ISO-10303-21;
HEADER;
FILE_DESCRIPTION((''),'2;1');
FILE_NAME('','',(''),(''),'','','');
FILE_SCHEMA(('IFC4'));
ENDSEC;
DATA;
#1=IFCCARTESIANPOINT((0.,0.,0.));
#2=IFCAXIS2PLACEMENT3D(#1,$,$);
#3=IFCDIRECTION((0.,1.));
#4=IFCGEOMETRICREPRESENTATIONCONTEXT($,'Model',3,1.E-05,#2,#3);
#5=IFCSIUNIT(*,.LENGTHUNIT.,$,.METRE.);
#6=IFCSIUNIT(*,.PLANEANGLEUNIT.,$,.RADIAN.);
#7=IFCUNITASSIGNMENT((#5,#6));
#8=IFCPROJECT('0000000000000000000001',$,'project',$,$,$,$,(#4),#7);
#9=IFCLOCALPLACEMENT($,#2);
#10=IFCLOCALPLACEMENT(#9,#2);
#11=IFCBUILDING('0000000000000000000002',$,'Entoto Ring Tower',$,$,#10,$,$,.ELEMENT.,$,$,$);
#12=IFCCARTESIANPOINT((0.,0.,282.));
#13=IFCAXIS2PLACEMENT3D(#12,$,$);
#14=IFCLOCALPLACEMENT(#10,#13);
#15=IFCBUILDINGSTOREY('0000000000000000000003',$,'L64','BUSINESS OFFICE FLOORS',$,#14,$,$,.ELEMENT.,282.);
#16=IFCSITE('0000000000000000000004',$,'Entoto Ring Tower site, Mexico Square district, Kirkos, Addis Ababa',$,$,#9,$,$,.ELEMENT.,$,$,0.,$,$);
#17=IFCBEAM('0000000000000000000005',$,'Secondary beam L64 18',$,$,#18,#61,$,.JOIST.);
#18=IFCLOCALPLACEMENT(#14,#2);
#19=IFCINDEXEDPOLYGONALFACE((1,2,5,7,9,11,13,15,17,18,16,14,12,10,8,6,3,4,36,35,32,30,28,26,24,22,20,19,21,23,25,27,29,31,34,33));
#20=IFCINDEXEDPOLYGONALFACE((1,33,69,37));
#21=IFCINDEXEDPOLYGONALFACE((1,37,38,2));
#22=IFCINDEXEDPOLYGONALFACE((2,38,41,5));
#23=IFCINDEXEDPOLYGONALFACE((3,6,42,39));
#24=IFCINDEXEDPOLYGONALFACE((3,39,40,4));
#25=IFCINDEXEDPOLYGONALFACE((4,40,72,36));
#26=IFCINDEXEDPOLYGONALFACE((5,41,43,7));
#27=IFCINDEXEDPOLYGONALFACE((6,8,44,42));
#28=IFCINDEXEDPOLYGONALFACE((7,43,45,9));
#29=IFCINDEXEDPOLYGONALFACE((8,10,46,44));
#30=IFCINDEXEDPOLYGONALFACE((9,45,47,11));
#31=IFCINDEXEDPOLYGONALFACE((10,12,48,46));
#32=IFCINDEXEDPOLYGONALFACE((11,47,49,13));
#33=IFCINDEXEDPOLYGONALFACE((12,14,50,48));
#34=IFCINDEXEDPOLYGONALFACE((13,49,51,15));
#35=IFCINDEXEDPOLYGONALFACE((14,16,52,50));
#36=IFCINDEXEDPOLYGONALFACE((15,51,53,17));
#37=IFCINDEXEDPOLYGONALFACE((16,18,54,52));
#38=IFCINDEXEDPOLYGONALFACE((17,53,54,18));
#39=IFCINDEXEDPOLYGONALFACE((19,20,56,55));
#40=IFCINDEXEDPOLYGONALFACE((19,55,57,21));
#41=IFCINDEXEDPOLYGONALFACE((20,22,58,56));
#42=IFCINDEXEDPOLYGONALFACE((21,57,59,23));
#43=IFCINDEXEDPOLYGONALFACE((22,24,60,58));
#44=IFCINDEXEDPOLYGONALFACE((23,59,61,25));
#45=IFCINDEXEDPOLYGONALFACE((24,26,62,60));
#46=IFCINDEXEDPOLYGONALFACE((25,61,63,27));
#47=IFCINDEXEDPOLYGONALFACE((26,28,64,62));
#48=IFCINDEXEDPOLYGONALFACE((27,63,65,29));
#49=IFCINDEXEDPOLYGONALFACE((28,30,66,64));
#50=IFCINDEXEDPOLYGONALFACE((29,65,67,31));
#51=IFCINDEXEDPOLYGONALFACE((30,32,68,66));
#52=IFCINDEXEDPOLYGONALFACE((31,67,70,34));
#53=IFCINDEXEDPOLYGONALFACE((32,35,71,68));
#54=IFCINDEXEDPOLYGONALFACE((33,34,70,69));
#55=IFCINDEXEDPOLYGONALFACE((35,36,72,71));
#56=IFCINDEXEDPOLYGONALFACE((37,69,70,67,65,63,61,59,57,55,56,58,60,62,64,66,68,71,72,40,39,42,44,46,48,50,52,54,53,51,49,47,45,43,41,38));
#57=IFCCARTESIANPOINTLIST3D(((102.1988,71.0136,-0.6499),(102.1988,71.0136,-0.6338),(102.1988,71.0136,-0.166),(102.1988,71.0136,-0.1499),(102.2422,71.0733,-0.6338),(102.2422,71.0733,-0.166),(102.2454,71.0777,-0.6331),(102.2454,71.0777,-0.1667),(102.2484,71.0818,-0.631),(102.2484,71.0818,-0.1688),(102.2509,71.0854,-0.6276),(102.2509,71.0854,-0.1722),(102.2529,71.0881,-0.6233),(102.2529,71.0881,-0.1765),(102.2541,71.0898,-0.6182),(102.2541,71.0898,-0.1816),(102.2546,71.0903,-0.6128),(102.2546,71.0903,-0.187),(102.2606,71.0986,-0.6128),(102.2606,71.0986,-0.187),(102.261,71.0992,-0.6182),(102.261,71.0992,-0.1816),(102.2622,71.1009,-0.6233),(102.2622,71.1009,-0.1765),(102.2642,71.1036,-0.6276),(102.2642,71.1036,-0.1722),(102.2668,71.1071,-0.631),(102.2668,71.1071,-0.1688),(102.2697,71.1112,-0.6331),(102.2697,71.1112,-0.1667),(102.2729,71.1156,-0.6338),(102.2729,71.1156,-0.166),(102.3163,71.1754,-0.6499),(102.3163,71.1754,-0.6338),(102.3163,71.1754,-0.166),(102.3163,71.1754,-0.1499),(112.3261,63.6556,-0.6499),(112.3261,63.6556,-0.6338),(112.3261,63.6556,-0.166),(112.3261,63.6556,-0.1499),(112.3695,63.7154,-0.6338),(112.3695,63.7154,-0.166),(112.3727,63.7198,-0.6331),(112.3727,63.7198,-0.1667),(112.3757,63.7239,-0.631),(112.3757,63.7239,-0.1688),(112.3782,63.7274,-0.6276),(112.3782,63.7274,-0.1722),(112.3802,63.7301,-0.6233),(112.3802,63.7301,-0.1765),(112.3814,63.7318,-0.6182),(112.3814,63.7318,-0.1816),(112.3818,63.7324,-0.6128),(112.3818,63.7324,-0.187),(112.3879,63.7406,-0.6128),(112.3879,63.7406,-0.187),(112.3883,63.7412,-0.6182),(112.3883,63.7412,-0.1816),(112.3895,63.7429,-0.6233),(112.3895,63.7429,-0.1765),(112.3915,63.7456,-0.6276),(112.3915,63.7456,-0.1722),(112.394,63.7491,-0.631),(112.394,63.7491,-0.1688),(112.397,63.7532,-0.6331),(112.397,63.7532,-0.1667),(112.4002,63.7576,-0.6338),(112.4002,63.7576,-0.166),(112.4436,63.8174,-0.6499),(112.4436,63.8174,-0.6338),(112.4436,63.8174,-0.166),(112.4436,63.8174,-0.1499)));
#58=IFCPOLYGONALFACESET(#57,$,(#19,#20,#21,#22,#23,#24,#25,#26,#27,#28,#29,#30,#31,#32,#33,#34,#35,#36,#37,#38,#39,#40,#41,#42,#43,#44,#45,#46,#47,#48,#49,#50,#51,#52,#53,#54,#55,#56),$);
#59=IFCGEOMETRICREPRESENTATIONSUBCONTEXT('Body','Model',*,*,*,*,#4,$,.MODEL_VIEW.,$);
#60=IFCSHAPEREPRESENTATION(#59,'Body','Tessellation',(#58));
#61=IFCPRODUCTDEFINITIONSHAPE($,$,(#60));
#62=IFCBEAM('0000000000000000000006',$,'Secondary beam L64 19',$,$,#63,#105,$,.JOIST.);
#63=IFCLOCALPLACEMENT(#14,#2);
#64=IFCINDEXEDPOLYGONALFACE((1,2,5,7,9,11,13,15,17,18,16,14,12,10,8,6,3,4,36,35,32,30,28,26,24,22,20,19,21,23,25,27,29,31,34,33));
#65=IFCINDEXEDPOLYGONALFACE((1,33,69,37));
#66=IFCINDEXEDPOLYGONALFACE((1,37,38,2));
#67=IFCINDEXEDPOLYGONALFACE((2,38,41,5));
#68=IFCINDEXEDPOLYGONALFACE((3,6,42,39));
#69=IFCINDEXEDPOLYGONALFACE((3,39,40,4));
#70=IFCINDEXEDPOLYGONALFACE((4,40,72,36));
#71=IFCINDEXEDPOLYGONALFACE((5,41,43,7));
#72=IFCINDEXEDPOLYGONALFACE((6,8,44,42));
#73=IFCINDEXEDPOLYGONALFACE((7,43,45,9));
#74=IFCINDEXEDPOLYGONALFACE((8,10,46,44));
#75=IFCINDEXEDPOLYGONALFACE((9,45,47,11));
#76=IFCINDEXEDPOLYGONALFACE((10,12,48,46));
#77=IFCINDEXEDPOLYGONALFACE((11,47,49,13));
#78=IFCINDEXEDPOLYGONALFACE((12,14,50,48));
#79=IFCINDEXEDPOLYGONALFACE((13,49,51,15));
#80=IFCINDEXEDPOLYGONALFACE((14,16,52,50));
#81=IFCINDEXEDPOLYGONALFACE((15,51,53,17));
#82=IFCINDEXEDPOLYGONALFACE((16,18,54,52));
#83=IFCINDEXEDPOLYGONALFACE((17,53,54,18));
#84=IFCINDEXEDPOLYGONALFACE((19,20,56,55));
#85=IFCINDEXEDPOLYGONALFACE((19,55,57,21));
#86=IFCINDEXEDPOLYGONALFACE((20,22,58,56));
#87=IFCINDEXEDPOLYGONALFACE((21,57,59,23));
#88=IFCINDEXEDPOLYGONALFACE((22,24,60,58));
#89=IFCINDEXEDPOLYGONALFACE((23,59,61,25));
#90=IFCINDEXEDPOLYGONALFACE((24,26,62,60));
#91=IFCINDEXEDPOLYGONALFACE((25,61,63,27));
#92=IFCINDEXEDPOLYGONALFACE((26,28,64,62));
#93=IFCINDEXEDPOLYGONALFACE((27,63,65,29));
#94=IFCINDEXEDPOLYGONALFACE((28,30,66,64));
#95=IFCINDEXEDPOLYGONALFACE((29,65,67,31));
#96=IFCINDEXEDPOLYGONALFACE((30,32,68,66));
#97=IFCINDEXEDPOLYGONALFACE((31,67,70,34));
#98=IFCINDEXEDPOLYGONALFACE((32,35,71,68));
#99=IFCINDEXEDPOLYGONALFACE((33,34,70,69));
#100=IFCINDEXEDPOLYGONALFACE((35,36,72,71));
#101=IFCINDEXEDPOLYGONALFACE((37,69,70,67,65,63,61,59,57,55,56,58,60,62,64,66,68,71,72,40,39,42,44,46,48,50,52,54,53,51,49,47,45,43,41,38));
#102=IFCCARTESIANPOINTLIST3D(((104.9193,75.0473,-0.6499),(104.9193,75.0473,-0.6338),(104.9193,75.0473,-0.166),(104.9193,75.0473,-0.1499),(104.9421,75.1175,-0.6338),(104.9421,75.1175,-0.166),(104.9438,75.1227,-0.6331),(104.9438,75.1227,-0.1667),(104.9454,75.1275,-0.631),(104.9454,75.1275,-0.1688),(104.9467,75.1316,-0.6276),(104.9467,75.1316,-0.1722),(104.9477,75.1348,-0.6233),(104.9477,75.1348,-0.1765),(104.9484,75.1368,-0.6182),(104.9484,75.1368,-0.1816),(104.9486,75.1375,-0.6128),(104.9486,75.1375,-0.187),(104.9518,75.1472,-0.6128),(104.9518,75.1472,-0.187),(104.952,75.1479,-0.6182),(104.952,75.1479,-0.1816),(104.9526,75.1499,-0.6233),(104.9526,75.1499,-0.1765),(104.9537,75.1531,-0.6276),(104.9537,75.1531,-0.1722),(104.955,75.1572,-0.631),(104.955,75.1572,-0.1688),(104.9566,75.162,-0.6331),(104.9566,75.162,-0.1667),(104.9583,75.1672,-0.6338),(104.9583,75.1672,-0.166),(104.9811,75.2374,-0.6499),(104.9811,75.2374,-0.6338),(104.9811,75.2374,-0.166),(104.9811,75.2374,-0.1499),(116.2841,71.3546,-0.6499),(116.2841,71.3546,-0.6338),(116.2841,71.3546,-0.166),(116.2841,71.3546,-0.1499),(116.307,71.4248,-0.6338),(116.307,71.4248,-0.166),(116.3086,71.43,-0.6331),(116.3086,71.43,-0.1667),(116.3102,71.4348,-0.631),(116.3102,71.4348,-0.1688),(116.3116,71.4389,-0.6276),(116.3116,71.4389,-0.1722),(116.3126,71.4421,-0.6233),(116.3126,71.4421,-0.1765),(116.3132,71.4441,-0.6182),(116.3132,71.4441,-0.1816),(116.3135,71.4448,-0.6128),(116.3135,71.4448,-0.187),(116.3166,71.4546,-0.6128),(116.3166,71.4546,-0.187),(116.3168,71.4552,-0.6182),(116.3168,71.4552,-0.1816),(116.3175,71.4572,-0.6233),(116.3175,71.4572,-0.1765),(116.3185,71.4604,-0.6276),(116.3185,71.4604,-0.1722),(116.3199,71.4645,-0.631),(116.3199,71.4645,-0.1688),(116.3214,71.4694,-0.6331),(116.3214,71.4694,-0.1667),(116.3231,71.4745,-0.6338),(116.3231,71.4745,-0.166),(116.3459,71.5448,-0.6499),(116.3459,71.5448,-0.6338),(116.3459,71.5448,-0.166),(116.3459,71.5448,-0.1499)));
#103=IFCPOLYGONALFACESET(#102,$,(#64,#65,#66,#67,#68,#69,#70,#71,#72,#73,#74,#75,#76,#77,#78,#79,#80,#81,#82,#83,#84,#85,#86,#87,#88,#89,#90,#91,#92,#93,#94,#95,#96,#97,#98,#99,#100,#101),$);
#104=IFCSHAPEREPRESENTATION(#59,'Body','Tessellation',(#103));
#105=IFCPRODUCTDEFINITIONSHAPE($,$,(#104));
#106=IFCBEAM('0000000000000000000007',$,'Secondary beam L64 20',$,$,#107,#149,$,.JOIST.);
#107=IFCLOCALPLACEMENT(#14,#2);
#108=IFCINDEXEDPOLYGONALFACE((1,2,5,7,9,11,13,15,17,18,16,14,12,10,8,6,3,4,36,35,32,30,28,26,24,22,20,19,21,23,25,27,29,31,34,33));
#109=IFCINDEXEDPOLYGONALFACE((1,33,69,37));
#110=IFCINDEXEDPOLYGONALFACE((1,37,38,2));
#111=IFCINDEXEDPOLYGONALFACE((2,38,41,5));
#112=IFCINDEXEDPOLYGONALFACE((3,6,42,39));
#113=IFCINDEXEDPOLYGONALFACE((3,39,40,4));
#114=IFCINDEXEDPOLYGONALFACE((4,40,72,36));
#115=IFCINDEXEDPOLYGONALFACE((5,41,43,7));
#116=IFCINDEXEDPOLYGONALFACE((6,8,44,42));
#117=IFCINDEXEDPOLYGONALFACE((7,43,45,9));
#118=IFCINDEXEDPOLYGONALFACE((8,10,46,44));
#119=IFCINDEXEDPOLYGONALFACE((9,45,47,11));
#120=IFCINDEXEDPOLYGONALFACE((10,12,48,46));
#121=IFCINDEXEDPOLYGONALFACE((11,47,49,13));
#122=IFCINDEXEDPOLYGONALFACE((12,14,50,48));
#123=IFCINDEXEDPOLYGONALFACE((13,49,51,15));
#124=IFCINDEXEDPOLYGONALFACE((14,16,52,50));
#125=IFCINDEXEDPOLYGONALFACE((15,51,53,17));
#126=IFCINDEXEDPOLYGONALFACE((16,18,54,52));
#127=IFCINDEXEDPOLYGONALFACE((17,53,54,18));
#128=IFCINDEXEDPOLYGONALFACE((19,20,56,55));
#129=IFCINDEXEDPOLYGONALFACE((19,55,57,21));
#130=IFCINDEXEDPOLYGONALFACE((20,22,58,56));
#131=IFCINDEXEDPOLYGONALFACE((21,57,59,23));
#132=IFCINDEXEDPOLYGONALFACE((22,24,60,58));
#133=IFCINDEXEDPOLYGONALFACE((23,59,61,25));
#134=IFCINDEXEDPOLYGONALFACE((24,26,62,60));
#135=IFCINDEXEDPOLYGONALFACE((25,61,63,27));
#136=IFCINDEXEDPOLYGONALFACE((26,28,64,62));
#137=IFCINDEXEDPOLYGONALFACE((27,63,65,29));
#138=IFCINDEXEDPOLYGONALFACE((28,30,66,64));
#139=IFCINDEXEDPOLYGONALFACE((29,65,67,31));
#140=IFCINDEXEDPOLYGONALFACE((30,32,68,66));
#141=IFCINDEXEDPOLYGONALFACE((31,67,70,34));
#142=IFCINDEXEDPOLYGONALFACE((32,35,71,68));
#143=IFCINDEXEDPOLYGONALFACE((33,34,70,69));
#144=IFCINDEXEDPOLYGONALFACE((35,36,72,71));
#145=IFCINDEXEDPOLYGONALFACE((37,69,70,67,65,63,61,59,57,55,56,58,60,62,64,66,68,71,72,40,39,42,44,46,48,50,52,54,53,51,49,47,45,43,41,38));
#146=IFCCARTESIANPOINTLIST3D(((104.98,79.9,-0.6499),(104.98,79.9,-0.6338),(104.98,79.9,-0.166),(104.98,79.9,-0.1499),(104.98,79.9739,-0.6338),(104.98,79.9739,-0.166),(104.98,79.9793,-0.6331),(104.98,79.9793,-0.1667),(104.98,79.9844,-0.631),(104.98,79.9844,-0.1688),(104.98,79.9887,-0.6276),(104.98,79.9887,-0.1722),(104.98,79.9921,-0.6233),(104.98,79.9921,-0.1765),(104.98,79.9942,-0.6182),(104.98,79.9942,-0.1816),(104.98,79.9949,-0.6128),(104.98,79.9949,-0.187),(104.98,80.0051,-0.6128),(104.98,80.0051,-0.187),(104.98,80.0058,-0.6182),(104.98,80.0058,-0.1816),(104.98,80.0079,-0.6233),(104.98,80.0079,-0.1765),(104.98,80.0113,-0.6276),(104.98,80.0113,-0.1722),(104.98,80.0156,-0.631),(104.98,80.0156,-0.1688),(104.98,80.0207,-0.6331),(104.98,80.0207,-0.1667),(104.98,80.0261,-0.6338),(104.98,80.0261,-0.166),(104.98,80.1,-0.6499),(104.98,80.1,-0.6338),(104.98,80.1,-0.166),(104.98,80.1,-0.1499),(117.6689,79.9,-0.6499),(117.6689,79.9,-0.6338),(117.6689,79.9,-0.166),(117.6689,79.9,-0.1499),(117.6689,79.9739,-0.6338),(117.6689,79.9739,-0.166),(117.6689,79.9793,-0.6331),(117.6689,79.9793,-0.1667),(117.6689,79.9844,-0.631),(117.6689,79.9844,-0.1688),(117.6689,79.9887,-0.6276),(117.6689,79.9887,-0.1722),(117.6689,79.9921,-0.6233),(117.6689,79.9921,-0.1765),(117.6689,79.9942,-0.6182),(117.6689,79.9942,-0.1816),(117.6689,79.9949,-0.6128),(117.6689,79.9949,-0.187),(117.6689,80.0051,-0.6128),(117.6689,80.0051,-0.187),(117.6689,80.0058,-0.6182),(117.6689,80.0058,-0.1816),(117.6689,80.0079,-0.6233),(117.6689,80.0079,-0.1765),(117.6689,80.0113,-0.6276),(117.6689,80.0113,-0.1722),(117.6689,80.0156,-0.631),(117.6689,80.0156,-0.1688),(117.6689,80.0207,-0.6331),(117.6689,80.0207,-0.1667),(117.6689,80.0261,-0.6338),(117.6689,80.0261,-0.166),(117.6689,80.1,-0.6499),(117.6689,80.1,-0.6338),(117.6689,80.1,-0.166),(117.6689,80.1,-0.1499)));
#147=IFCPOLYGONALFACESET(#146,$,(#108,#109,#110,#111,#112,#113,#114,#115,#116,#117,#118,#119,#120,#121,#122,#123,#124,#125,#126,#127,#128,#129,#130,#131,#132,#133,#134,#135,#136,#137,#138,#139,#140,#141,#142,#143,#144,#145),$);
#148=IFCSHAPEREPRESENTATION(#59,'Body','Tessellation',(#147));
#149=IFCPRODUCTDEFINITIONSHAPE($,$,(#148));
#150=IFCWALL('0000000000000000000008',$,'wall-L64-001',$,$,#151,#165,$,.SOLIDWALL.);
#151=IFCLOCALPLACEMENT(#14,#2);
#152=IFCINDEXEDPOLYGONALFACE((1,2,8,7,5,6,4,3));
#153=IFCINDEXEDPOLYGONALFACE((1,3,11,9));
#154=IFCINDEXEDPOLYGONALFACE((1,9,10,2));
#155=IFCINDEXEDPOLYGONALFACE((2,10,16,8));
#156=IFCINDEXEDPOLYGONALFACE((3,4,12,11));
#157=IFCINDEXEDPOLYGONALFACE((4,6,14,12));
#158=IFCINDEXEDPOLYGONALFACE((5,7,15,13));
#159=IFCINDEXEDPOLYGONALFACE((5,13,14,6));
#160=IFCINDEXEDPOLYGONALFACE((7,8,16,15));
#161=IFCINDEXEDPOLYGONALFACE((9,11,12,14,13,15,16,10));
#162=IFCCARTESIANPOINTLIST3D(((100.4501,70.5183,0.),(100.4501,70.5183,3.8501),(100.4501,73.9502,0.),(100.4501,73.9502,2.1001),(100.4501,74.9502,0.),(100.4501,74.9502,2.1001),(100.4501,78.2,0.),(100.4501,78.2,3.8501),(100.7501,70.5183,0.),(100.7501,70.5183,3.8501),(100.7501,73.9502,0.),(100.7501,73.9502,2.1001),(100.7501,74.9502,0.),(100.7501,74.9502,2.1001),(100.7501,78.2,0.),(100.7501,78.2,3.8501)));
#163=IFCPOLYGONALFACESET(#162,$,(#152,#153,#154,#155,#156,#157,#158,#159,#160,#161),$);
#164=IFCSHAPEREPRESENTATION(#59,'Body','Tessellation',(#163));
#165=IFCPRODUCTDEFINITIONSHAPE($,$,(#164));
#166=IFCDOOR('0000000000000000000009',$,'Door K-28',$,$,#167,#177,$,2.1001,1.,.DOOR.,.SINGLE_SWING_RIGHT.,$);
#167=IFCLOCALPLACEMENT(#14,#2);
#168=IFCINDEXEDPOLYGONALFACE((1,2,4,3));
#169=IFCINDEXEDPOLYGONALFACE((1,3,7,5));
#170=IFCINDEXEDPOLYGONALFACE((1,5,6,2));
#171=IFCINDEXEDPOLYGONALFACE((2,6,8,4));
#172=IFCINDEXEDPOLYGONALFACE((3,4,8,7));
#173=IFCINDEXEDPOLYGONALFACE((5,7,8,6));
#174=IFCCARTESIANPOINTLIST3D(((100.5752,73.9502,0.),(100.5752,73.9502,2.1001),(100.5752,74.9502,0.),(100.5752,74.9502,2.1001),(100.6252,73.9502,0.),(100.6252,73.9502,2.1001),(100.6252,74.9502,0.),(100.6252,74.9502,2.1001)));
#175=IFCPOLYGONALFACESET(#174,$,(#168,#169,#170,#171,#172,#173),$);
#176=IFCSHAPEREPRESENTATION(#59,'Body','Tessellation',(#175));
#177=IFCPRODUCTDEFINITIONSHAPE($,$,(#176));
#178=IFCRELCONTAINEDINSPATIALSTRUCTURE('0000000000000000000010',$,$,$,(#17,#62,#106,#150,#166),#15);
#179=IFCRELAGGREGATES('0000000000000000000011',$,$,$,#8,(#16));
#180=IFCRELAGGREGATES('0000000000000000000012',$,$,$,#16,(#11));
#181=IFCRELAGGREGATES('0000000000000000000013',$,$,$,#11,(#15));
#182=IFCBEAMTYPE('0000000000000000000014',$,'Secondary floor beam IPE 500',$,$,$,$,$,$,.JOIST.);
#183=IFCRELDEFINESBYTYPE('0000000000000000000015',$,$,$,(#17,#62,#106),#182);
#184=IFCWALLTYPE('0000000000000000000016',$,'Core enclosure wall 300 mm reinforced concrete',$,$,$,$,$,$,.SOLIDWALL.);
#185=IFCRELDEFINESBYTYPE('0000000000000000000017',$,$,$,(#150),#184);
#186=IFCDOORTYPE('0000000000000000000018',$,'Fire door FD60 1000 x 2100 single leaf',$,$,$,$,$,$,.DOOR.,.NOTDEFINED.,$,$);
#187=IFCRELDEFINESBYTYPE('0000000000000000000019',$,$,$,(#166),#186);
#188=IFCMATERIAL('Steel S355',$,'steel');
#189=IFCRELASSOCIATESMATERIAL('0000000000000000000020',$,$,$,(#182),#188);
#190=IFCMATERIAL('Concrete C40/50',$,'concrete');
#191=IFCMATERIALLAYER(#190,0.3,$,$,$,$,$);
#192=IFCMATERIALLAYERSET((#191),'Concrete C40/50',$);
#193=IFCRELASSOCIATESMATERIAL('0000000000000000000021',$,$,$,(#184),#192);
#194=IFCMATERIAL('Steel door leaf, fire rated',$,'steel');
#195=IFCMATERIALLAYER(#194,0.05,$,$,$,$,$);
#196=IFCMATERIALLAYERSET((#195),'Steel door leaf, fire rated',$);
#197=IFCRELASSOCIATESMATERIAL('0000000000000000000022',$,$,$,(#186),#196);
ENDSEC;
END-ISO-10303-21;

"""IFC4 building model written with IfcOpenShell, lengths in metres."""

from ifc_helpers import new_model, si_unit, direction, frame, frame_2d, origin, origin_2d, place, context, subcontext, project, spatial, rectangle, i_section, extrude, material, layer, layer_set, material_profile, profile_set, type_object, element, fill, save


model = new_model("IFC4")

# Units and contexts
model_context = context("Model", 3, precision=1e-05, world=origin(), true_north=direction((0.0, 1.0)))
body_context = subcontext(model_context, "Body", "Model", "MODEL_VIEW")
ifc_project = project(units=[si_unit("LENGTHUNIT", "METRE"), si_unit("PLANEANGLEUNIT", "RADIAN")], contexts=[model_context])

# Site, building, storey
site_placement = place(None, origin())
site = spatial("IfcSite", under=ifc_project, at=site_placement, Name="Entoto Ring Tower site, Mexico Square district, Kirkos, Addis Ababa", CompositionType="ELEMENT", RefElevation=0.0)
building_placement = place(site_placement, origin())
building = spatial("IfcBuilding", under=site, at=building_placement, Name="Entoto Ring Tower", CompositionType="ELEMENT")
storey_placement = place(building_placement, frame((0.0, 0.0, 282.0)))
storey = spatial("IfcBuildingStorey", under=building, at=storey_placement, Name="L64", Description="BUSINESS OFFICE FLOORS", CompositionType="ELEMENT", Elevation=282.0)

# Beams
ifc_material_1 = material(Name="Steel S355", Category="steel")
ifc_material_profile_1 = material_profile(ifc_material_1, i_section(OverallWidth=0.2, OverallDepth=0.5, WebThickness=0.0103, FlangeThickness=0.0161, FilletRadius=0.021, at=origin_2d()), Name="IPE 500")
ifc_profile_set_1 = profile_set([ifc_material_profile_1], Name="Steel S355")
beam_type_1 = type_object("IfcBeamType", Name="Secondary floor beam IPE 500", PredefinedType="JOIST", material=ifc_profile_set_1)
for number, where, z_axis, x_axis, name in (
    (1, (102.2576, 71.0945, -0.3999), (0.809014, -0.587789, 0.0), (0.587789, 0.809014, 0.0), "Secondary beam L64 18"),
):
    element("IfcBeam", number, at=place(storey_placement, frame(where, z_axis=z_axis, x_axis=x_axis)), inside=storey, type_object=beam_type_1, Name=name, PredefinedType="JOIST", context=body_context, shape_type="SweptSolid", body=[
        extrude(i_section(OverallWidth=0.2, OverallDepth=0.5, WebThickness=0.0103, FlangeThickness=0.0161, FilletRadius=0.021, at=origin_2d()), origin(), (0.0, 0.0, 1.0), 12.5181),
    ])
beam_1_placement = place(storey_placement, frame((104.9502, 75.1423, -0.3999), z_axis=(0.951057, -0.309017, 0.0), x_axis=(0.309017, 0.951057, 0.0)))
element("IfcBeam", 2, at=beam_1_placement, inside=storey, type_object=beam_type_1, Name="Secondary beam L64 19", PredefinedType="JOIST", context=body_context, shape_type="SweptSolid", body=[
    extrude(i_section(OverallWidth=0.2, OverallDepth=0.5, WebThickness=0.0103, FlangeThickness=0.0161, FilletRadius=0.021, at=origin_2d()), origin(), (0.0, 0.0, 1.0), 11.9497),
])
beam_2_placement = place(storey_placement, frame((104.98, 80.0, -0.3999), z_axis=(1.0, 0.0, 0.0), x_axis=(0.0, 1.0, 0.0)))
element("IfcBeam", 3, at=beam_2_placement, inside=storey, type_object=beam_type_1, Name="Secondary beam L64 20", PredefinedType="JOIST", context=body_context, shape_type="SweptSolid", body=[
    extrude(i_section(OverallWidth=0.2, OverallDepth=0.5, WebThickness=0.0103, FlangeThickness=0.0161, FilletRadius=0.021, at=origin_2d()), origin(), (0.0, 0.0, 1.0), 12.689),
])

# Wall, opening, door
ifc_material_2 = material(Name="Concrete C40/50", Category="concrete")
ifc_layer_1 = layer(ifc_material_2, 0.3)
ifc_layer_set_1 = layer_set([ifc_layer_1], Name="Concrete C40/50")
wall_type_1 = type_object("IfcWallType", Name="Core enclosure wall 300 mm reinforced concrete", PredefinedType="SOLIDWALL", material=ifc_layer_set_1)
wall_1_placement = place(storey_placement, frame((100.6001, 70.5183, 0.0), z_axis=(0.0, 0.0, 1.0), x_axis=(0.0, 1.0, 0.0)))
wall_1 = element("IfcWall", 4, at=wall_1_placement, inside=storey, type_object=wall_type_1, Name="wall-L64-001", PredefinedType="SOLIDWALL", context=body_context, shape_type="SweptSolid", body=[
    extrude(rectangle(XDim=7.6816, YDim=0.3, at=frame_2d((3.8408, 0.0))), origin(), (0.0, 0.0, 1.0), 3.8501),
])
opening_1_placement = place(wall_1_placement, frame((3.4319, 0.0, 0.0)))
opening_1 = element("IfcOpeningElement", 5, at=opening_1_placement, cuts=wall_1, PredefinedType="OPENING", context=body_context, shape_type="SweptSolid", body=[
    extrude(rectangle(XDim=1.0, YDim=2.1001, at=frame_2d((0.5, 1.05))), frame((0.0, 0.1602, 0.0), z_axis=(0.0, -1.0, 0.0), x_axis=(1.0, 0.0, 0.0)), (0.0, 0.0, 1.0), 0.3201),
])
ifc_material_3 = material(Name="Steel door leaf, fire rated", Category="steel")
ifc_layer_2 = layer(ifc_material_3, 0.05)
ifc_layer_set_2 = layer_set([ifc_layer_2], Name="Steel door leaf, fire rated")
door_type_1 = type_object("IfcDoorType", Name="Fire door FD60 1000 x 2100 single leaf", OperationType="NOTDEFINED", PredefinedType="DOOR", material=ifc_layer_set_2)
door_1_placement = place(opening_1_placement, origin())
door_1 = element("IfcDoor", 6, at=door_1_placement, inside=storey, type_object=door_type_1, Name="Door K-28", OperationType="SINGLE_SWING_RIGHT", OverallHeight=2.1001, OverallWidth=1.0, PredefinedType="DOOR", context=body_context, shape_type="SweptSolid", body=[
    extrude(rectangle(XDim=1.0, YDim=2.1001, at=frame_2d((0.5, 1.05))), frame((0.0, 0.0249, 0.0), z_axis=(0.0, -1.0, 0.0), x_axis=(1.0, 0.0, 0.0)), (0.0, 0.0, 1.0), 0.05),
])
fill(opening_1, door_1)

save(model, "model.ifc")
